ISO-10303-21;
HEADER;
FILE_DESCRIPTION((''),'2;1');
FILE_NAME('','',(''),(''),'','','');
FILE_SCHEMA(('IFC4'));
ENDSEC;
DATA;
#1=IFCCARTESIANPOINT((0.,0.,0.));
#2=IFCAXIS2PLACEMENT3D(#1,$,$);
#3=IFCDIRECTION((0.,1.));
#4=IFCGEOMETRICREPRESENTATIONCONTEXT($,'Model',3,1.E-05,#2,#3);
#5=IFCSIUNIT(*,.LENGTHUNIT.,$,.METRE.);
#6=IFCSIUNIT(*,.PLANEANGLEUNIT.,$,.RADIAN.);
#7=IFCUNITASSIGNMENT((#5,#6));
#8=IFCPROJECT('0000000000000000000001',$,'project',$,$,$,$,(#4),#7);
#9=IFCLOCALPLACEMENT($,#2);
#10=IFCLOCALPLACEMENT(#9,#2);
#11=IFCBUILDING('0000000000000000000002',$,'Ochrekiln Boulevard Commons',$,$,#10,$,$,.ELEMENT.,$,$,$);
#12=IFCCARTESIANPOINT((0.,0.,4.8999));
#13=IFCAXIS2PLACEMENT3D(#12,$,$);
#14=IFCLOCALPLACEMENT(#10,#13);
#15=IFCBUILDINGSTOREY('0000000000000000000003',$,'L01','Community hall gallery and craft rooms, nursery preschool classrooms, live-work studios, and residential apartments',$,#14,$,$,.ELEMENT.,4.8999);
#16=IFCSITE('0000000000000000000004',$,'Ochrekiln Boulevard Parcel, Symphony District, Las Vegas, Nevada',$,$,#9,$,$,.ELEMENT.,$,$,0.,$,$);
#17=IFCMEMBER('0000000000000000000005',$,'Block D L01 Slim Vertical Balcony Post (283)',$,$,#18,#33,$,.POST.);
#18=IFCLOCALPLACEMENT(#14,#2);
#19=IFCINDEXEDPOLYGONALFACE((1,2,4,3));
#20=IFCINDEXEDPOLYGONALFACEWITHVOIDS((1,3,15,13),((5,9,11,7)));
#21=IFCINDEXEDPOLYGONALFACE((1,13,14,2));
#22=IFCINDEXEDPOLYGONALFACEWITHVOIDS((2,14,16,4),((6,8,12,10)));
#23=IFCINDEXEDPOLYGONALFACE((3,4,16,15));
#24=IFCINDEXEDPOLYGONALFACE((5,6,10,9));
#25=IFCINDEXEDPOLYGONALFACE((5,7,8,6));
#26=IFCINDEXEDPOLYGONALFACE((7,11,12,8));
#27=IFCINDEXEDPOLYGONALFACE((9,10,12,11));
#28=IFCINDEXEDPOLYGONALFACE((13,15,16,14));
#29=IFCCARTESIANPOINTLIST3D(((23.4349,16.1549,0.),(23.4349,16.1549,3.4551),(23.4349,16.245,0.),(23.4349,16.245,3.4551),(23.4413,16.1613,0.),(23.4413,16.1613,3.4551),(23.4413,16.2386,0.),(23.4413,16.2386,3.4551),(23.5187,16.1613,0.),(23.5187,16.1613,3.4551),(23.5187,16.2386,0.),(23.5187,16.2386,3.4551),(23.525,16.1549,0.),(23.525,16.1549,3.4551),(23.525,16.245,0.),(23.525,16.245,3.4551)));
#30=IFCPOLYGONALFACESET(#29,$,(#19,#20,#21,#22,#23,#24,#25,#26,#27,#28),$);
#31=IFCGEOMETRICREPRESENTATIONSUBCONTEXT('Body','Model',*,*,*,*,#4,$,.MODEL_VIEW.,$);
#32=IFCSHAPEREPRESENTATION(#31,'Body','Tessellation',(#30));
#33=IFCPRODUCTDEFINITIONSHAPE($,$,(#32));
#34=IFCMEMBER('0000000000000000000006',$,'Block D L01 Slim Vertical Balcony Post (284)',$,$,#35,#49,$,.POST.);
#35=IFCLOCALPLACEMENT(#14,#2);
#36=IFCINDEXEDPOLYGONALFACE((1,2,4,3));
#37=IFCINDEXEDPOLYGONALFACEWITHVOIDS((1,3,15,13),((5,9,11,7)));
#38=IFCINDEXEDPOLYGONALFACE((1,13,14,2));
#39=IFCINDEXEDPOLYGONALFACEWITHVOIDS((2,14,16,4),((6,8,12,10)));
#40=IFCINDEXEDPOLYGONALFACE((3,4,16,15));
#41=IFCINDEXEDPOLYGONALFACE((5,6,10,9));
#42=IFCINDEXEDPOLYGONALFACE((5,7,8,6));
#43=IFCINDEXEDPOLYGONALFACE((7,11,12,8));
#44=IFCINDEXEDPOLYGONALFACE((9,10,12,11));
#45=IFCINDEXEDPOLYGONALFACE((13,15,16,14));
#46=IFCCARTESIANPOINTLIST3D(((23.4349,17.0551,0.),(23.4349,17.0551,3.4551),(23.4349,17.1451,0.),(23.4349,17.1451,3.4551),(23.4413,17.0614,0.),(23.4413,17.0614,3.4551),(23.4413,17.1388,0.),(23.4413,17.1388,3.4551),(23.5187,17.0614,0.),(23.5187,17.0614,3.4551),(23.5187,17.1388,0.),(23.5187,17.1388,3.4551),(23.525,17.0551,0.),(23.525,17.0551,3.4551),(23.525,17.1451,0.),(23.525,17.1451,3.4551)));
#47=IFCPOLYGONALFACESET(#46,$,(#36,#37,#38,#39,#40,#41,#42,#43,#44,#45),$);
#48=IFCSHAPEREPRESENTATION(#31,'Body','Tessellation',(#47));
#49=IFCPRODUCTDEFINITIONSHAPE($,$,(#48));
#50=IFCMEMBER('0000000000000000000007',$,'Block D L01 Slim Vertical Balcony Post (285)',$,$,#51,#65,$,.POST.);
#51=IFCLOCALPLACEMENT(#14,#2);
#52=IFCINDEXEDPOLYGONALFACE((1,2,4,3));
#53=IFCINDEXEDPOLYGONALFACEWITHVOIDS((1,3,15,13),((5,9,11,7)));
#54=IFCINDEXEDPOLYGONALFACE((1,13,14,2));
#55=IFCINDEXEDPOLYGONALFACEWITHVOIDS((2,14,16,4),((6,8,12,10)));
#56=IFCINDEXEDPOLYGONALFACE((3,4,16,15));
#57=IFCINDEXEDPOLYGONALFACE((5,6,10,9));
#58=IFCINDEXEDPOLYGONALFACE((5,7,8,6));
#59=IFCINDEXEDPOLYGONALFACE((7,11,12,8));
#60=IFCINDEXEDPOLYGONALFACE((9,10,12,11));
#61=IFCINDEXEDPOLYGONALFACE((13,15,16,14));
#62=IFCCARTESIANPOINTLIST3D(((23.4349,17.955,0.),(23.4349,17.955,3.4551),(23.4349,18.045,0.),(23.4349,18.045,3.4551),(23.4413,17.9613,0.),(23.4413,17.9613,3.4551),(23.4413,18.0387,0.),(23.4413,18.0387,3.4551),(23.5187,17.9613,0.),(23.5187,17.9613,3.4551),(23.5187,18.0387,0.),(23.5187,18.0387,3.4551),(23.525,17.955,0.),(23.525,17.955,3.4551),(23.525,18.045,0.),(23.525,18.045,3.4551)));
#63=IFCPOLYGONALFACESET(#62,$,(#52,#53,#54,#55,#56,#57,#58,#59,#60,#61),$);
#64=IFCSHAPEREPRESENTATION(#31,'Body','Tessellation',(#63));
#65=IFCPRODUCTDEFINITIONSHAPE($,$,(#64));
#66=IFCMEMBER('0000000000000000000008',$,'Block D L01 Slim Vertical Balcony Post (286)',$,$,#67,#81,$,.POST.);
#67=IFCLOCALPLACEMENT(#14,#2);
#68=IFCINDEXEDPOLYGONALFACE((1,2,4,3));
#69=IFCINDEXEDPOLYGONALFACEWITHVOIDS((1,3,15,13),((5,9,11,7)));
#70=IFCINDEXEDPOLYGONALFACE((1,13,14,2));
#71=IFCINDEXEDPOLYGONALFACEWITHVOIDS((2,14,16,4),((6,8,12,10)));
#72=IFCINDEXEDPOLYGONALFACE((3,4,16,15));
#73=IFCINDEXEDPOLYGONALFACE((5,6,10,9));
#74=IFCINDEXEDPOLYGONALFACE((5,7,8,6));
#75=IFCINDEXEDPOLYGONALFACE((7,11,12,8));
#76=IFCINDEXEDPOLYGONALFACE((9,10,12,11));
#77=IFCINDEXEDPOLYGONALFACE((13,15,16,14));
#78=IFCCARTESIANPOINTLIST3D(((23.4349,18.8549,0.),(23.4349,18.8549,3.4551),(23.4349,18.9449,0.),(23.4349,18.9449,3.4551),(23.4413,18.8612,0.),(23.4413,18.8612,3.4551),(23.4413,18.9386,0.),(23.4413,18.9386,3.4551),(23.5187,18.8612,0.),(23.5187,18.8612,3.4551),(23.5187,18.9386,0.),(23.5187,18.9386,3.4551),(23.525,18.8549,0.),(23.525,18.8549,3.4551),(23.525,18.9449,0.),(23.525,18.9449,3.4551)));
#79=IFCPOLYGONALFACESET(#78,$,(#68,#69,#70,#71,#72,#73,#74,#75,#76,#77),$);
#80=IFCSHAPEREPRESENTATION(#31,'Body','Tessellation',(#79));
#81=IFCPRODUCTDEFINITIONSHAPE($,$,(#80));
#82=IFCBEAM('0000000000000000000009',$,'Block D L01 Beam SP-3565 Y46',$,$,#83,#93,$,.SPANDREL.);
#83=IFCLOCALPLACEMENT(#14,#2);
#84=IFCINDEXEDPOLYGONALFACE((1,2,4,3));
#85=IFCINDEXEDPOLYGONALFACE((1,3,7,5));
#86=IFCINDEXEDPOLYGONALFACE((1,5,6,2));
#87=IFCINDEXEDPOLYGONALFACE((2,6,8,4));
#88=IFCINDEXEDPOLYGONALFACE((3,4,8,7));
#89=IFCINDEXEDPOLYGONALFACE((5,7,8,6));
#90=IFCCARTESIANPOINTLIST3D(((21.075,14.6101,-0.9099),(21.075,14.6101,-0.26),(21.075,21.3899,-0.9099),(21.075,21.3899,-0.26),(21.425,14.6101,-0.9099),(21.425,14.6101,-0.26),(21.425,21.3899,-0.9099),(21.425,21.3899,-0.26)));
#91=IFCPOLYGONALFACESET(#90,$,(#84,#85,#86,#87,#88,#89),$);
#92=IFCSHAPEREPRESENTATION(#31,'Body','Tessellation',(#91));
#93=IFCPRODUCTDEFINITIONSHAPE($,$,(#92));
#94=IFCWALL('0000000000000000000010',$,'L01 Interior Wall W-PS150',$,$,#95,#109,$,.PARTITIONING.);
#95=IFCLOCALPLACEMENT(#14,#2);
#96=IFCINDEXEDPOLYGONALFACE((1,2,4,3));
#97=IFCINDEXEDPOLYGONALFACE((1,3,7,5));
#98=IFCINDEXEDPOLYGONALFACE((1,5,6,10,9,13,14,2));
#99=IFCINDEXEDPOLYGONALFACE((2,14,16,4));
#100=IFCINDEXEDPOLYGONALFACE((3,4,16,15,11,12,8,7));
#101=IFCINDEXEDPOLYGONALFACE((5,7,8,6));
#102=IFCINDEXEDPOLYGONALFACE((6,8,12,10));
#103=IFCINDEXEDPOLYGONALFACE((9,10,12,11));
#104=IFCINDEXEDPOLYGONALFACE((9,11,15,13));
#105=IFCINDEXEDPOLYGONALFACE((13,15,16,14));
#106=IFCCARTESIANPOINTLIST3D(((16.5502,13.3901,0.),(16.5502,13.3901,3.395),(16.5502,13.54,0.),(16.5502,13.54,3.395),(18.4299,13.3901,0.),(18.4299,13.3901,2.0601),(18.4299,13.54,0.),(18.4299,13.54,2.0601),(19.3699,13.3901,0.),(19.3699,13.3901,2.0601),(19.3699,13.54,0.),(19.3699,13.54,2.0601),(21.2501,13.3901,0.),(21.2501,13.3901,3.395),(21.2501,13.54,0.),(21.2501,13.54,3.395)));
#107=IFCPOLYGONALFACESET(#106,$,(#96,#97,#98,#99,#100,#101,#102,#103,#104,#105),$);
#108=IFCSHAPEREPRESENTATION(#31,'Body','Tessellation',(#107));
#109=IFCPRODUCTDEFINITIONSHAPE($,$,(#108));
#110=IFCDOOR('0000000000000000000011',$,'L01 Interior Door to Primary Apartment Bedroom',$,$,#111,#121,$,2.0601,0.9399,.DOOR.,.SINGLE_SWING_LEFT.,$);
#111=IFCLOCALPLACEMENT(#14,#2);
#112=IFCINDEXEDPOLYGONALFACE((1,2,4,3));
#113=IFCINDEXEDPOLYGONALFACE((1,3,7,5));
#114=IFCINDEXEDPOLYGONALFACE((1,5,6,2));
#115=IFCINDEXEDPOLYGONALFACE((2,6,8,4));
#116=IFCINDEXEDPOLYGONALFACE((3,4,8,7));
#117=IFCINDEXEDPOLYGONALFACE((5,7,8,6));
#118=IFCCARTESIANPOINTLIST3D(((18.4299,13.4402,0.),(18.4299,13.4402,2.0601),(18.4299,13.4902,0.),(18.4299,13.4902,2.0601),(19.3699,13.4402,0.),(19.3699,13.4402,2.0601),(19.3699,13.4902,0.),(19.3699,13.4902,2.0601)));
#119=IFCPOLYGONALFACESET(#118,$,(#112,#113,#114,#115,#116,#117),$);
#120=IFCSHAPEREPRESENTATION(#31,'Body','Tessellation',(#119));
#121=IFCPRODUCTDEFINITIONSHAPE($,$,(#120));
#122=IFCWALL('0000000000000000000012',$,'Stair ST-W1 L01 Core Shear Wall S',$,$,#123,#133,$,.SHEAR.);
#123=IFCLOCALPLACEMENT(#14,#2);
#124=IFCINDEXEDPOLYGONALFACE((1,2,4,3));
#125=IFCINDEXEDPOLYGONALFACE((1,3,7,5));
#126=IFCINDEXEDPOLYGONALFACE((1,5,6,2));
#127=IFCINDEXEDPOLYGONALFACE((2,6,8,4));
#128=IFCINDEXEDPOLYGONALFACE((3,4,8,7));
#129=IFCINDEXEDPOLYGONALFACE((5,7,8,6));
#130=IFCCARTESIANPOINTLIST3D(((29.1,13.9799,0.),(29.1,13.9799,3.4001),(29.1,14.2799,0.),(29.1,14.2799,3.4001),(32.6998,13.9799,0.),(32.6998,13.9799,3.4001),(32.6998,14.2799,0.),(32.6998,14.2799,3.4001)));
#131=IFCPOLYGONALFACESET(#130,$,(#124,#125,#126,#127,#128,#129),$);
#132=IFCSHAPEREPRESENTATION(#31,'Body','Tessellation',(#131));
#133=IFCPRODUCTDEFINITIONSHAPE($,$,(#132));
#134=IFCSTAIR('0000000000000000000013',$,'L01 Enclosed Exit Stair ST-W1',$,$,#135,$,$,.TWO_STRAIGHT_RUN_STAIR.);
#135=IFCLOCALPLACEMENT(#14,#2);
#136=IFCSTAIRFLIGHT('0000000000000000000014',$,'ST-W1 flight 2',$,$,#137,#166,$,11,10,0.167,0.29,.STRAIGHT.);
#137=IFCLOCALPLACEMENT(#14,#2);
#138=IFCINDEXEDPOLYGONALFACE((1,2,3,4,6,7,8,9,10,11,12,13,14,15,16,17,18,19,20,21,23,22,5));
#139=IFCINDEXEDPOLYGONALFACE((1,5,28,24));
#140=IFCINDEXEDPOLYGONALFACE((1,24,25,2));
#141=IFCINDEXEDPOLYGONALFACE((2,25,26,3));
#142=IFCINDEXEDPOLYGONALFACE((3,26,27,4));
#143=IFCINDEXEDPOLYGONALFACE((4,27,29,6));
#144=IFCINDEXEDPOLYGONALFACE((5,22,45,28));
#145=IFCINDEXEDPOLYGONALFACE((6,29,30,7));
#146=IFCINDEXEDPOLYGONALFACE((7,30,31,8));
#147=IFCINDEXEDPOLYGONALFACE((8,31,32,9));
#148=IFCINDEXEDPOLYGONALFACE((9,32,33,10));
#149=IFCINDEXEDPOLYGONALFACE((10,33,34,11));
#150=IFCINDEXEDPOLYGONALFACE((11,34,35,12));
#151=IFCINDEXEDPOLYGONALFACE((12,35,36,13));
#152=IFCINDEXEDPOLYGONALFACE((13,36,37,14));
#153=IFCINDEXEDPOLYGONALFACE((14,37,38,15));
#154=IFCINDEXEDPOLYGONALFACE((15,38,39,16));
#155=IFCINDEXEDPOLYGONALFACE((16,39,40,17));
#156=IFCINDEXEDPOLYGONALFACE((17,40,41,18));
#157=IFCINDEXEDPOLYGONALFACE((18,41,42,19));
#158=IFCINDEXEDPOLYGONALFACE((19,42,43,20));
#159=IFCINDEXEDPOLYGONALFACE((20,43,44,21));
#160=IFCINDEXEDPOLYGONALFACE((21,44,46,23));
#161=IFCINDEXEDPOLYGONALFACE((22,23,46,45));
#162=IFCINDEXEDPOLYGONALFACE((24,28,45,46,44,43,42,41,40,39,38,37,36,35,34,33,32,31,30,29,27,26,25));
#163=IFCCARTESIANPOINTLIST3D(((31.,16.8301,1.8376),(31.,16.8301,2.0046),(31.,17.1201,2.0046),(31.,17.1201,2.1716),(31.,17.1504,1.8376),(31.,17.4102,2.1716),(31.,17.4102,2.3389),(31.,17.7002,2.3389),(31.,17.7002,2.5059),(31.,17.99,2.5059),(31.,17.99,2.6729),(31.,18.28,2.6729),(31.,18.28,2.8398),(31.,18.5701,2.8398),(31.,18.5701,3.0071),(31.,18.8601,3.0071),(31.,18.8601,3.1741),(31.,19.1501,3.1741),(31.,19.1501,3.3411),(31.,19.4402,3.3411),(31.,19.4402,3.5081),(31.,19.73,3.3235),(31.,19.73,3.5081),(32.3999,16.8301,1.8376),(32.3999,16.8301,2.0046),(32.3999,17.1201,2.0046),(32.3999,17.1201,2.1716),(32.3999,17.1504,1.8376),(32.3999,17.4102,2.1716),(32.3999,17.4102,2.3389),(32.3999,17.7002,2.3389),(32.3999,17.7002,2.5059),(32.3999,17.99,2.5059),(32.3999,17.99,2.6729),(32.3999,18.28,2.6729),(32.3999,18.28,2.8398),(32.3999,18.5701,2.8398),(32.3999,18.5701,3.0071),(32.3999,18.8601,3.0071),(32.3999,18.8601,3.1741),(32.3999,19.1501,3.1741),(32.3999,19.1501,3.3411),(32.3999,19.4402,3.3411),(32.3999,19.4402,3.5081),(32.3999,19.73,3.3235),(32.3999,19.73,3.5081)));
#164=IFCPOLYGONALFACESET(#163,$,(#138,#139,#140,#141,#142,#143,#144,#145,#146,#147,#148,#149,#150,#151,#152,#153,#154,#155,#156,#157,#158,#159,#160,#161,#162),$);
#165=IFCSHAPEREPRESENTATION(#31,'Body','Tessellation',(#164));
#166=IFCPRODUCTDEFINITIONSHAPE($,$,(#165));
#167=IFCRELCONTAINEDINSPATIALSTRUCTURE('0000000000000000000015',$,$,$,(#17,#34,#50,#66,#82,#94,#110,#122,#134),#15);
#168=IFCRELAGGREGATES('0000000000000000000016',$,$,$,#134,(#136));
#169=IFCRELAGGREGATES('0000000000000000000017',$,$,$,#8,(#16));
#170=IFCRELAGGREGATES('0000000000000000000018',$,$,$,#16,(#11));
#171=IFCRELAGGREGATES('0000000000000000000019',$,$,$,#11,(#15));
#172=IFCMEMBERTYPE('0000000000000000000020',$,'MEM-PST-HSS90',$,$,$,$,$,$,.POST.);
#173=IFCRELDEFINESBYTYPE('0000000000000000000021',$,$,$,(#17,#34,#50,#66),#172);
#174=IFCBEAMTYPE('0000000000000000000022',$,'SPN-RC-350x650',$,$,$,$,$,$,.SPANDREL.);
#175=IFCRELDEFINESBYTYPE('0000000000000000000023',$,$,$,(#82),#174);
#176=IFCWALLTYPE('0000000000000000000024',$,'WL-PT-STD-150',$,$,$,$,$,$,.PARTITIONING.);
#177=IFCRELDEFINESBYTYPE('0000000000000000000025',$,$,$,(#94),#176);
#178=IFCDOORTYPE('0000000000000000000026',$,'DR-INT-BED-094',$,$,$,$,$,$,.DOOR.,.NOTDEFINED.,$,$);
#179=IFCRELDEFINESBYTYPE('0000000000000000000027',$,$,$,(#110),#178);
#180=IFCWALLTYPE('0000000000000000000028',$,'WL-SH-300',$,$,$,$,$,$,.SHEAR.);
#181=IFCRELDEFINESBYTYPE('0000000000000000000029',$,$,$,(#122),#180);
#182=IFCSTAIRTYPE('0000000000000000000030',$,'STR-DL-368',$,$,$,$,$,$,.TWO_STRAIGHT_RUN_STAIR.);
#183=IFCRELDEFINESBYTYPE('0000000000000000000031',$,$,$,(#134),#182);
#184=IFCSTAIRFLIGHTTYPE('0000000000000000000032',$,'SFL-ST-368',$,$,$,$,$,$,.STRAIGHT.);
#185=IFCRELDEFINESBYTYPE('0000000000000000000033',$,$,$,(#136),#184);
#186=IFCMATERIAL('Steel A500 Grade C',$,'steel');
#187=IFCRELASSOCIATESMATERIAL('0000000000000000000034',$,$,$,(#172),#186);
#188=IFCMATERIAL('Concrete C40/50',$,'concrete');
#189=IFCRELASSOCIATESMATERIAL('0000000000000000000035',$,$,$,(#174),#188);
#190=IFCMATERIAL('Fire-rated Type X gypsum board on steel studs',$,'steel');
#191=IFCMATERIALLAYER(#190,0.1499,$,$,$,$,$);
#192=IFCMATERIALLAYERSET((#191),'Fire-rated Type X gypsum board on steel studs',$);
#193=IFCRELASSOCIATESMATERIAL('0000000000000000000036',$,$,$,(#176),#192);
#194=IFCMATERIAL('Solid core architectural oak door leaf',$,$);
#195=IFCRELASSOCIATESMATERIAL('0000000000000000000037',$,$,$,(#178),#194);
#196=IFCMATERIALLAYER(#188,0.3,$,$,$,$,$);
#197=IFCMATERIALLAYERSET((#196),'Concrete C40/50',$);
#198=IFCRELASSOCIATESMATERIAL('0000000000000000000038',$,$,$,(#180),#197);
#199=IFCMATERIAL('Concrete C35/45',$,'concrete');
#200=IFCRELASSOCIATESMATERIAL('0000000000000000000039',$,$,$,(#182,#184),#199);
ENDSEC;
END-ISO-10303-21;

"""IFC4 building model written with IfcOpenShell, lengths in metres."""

from ifc_helpers import new_model, si_unit, direction, frame, frame_2d, origin, origin_2d, place, context, subcontext, project, spatial, polyline, rectangle, hollow_rectangle, outline, extrude, material, layer, layer_set, material_profile, profile_set, type_object, element, fill, aggregate, save


model = new_model("IFC4")

# Units and contexts
model_context = context("Model", 3, precision=1e-05, world=origin(), true_north=direction((0.0, 1.0)))
body_context = subcontext(model_context, "Body", "Model", "MODEL_VIEW")
ifc_project = project(units=[si_unit("LENGTHUNIT", "METRE"), si_unit("PLANEANGLEUNIT", "RADIAN")], contexts=[model_context])

# Site, building, storey
site_placement = place(None, origin())
site = spatial("IfcSite", under=ifc_project, at=site_placement, Name="Ochrekiln Boulevard Parcel, Symphony District, Las Vegas, Nevada", CompositionType="ELEMENT", RefElevation=0.0)
building_placement = place(site_placement, origin())
building = spatial("IfcBuilding", under=site, at=building_placement, Name="Ochrekiln Boulevard Commons", CompositionType="ELEMENT")
storey_placement = place(building_placement, frame((0.0, 0.0, 4.8999)))
storey = spatial("IfcBuildingStorey", under=building, at=storey_placement, Name="L01", Description="Community hall gallery and craft rooms, nursery preschool classrooms, live-work studios, and residential apartments", CompositionType="ELEMENT", Elevation=4.8999)

# Shared definitions
ifc_material_1 = material(Name="Concrete C35/45", Category="concrete")
ifc_material_2 = material(Name="Concrete C40/50", Category="concrete")

# Members
ifc_material_3 = material(Name="Steel A500 Grade C", Category="steel")
ifc_material_profile_1 = material_profile(ifc_material_3, hollow_rectangle(XDim=0.0901, YDim=0.0901, WallThickness=0.0063, at=origin_2d()), Name="HSS90X90X6.4")
ifc_profile_set_1 = profile_set([ifc_material_profile_1], Name="Steel A500 Grade C")
member_type = type_object("IfcMemberType", Name="MEM-PST-HSS90", PredefinedType="POST", material=ifc_profile_set_1)
for number, where, z_axis, x_axis, name in (
    (1, (23.48, 16.2, 0.0), (0.0, 0.0, 1.0), (1.0, 0.0, 0.0), "Block D L01 Slim Vertical Balcony Post (283)"),
    (2, (23.48, 17.1001, 0.0), (0.0, 0.0, 1.0), (1.0, 0.0, 0.0), "Block D L01 Slim Vertical Balcony Post (284)"),
    (3, (23.48, 18.0, 0.0), (0.0, 0.0, 1.0), (1.0, 0.0, 0.0), "Block D L01 Slim Vertical Balcony Post (285)"),
    (4, (23.48, 18.8999, 0.0), (0.0, 0.0, 1.0), (1.0, 0.0, 0.0), "Block D L01 Slim Vertical Balcony Post (286)"),
):
    element("IfcMember", number, at=place(storey_placement, frame(where, z_axis=z_axis, x_axis=x_axis)), inside=storey, type_object=member_type, Name=name, PredefinedType="POST", context=body_context, shape_type="SweptSolid", body=[
        extrude(hollow_rectangle(XDim=0.0901, YDim=0.0901, WallThickness=0.0063, at=origin_2d()), origin(), (0.0, 0.0, 1.0), 3.4551),
    ])

# Beam
ifc_material_profile_2 = material_profile(ifc_material_2, rectangle(XDim=0.3501, YDim=0.6499, at=origin_2d()), Name="RC-SPN-350x650")
ifc_profile_set_2 = profile_set([ifc_material_profile_2], Name="Concrete C40/50")
beam_type_1 = type_object("IfcBeamType", Name="SPN-RC-350x650", PredefinedType="SPANDREL", material=ifc_profile_set_2)
beam_1_placement = place(storey_placement, frame((21.25, 14.6101, -0.585), z_axis=(0.0, 1.0, 0.0), x_axis=(-1.0, 0.0, 0.0)))
element("IfcBeam", 5, at=beam_1_placement, inside=storey, type_object=beam_type_1, Name="Block D L01 Beam SP-3565 Y46", PredefinedType="SPANDREL", context=body_context, shape_type="SweptSolid", body=[
    extrude(rectangle(XDim=0.3501, YDim=0.6499, at=origin_2d()), origin(), (0.0, 0.0, 1.0), 6.7798),
])

# Wall, opening, door
ifc_material_4 = material(Name="Fire-rated Type X gypsum board on steel studs", Category="steel")
ifc_layer_1 = layer(ifc_material_4, 0.1499)
ifc_layer_set_1 = layer_set([ifc_layer_1], Name="Fire-rated Type X gypsum board on steel studs")
wall_type_1 = type_object("IfcWallType", Name="WL-PT-STD-150", PredefinedType="PARTITIONING", material=ifc_layer_set_1)
wall_1_placement = place(storey_placement, frame((16.55, 13.4651, 0.0), z_axis=(0.0, 0.0, 1.0), x_axis=(1.0, 0.0, 0.0)))
wall_1 = element("IfcWall", 6, at=wall_1_placement, inside=storey, type_object=wall_type_1, Name="L01 Interior Wall W-PS150", PredefinedType="PARTITIONING", context=body_context, shape_type="SweptSolid", body=[
    extrude(rectangle(XDim=4.7, YDim=0.1499, at=frame_2d((2.3501, 0.0))), origin(), (0.0, 0.0, 1.0), 3.395),
])
opening_placement = place(wall_1_placement, frame((1.8799, 0.0, 0.0)))
opening = element("IfcOpeningElement", 7, at=opening_placement, cuts=wall_1, PredefinedType="OPENING", context=body_context, shape_type="SweptSolid", body=[
    extrude(rectangle(XDim=0.9399, YDim=2.0601, at=frame_2d((0.47, 1.03))), frame((0.0, 0.085, 0.0), z_axis=(0.0, -1.0, 0.0), x_axis=(1.0, 0.0, 0.0)), (0.0, 0.0, 1.0), 0.1699),
])
ifc_material_5 = material(Name="Solid core architectural oak door leaf")
door_type = type_object("IfcDoorType", Name="DR-INT-BED-094", OperationType="NOTDEFINED", PredefinedType="DOOR", material=ifc_material_5)
door_placement = place(opening_placement, frame((0.9399, 0.0, 0.0), z_axis=(0.0, 0.0, 1.0), x_axis=(-1.0, 0.0, 0.0)))
door = element("IfcDoor", 8, at=door_placement, inside=storey, type_object=door_type, Name="L01 Interior Door to Primary Apartment Bedroom", OperationType="SINGLE_SWING_LEFT", OverallHeight=2.0601, OverallWidth=0.9399, PredefinedType="DOOR", context=body_context, shape_type="SweptSolid", body=[
    extrude(rectangle(XDim=0.9399, YDim=2.0601, at=frame_2d((0.47, 1.03))), frame((0.0, 0.0249, 0.0), z_axis=(0.0, -1.0, 0.0), x_axis=(1.0, 0.0, 0.0)), (0.0, 0.0, 1.0), 0.05),
])
fill(opening, door)

# Wall
ifc_layer_2 = layer(ifc_material_2, 0.3)
ifc_layer_set_2 = layer_set([ifc_layer_2], Name="Concrete C40/50")
wall_type_2 = type_object("IfcWallType", Name="WL-SH-300", PredefinedType="SHEAR", material=ifc_layer_set_2)
wall_2_placement = place(storey_placement, frame((29.1001, 14.1299, 0.0), z_axis=(0.0, 0.0, 1.0), x_axis=(1.0, 0.0, 0.0)))
element("IfcWall", 9, at=wall_2_placement, inside=storey, type_object=wall_type_2, Name="Stair ST-W1 L01 Core Shear Wall S", PredefinedType="SHEAR", context=body_context, shape_type="SweptSolid", body=[
    extrude(rectangle(XDim=3.5999, YDim=0.3, at=frame_2d((1.7998, 0.0))), origin(), (0.0, 0.0, 1.0), 3.4001),
])

# Stair, stair flight
stair_type = type_object("IfcStairType", Name="STR-DL-368", PredefinedType="TWO_STRAIGHT_RUN_STAIR", material=ifc_material_1)
stair_placement = place(storey_placement, origin())
stair = element("IfcStair", 10, at=stair_placement, inside=storey, type_object=stair_type, Name="L01 Enclosed Exit Stair ST-W1", PredefinedType="TWO_STRAIGHT_RUN_STAIR")
stair_flight_type = type_object("IfcStairFlightType", Name="SFL-ST-368", PredefinedType="STRAIGHT", material=ifc_material_1)
stair_flight_placement = place(storey_placement, frame((31.7, 16.8301, 1.8376), z_axis=(0.0, 0.0, 1.0), x_axis=(0.0, 1.0, 0.0)))
stair_flight = element("IfcStairFlight", 11, at=stair_flight_placement, type_object=stair_flight_type, Name="ST-W1 flight 2", NumberOfRisers=11, NumberOfTreads=10, PredefinedType="STRAIGHT", RiserHeight=0.167, TreadLength=0.29, context=body_context, shape_type="SweptSolid", body=[
    extrude(outline(polyline([(0.0, 0.0), (0.0, 0.167), (0.29, 0.167), (0.29, 0.334), (0.5801, 0.334), (0.5801, 0.5012), (0.8701, 0.5012), (0.8701, 0.6682), (1.1599, 0.6682), (1.1599, 0.8352), (1.45, 0.8352), (1.45, 1.0022), (1.74, 1.0022), (1.74, 1.1694), (2.03, 1.1694), (2.03, 1.3364), (2.3201, 1.3364), (2.3201, 1.5034), (2.6101, 1.5034), (2.6101, 1.6704), (2.8999, 1.6704), (2.8999, 1.8374), (2.8999, 1.4858), (0.3203, 0.0), (0.0, 0.0)])), frame((0.0, 0.7, 0.0), z_axis=(0.0, -1.0, 0.0), x_axis=(1.0, 0.0, 0.0)), (0.0, 0.0, 1.0), 1.3999),
])
aggregate(stair, [stair_flight])

save(model, "model.ifc")
